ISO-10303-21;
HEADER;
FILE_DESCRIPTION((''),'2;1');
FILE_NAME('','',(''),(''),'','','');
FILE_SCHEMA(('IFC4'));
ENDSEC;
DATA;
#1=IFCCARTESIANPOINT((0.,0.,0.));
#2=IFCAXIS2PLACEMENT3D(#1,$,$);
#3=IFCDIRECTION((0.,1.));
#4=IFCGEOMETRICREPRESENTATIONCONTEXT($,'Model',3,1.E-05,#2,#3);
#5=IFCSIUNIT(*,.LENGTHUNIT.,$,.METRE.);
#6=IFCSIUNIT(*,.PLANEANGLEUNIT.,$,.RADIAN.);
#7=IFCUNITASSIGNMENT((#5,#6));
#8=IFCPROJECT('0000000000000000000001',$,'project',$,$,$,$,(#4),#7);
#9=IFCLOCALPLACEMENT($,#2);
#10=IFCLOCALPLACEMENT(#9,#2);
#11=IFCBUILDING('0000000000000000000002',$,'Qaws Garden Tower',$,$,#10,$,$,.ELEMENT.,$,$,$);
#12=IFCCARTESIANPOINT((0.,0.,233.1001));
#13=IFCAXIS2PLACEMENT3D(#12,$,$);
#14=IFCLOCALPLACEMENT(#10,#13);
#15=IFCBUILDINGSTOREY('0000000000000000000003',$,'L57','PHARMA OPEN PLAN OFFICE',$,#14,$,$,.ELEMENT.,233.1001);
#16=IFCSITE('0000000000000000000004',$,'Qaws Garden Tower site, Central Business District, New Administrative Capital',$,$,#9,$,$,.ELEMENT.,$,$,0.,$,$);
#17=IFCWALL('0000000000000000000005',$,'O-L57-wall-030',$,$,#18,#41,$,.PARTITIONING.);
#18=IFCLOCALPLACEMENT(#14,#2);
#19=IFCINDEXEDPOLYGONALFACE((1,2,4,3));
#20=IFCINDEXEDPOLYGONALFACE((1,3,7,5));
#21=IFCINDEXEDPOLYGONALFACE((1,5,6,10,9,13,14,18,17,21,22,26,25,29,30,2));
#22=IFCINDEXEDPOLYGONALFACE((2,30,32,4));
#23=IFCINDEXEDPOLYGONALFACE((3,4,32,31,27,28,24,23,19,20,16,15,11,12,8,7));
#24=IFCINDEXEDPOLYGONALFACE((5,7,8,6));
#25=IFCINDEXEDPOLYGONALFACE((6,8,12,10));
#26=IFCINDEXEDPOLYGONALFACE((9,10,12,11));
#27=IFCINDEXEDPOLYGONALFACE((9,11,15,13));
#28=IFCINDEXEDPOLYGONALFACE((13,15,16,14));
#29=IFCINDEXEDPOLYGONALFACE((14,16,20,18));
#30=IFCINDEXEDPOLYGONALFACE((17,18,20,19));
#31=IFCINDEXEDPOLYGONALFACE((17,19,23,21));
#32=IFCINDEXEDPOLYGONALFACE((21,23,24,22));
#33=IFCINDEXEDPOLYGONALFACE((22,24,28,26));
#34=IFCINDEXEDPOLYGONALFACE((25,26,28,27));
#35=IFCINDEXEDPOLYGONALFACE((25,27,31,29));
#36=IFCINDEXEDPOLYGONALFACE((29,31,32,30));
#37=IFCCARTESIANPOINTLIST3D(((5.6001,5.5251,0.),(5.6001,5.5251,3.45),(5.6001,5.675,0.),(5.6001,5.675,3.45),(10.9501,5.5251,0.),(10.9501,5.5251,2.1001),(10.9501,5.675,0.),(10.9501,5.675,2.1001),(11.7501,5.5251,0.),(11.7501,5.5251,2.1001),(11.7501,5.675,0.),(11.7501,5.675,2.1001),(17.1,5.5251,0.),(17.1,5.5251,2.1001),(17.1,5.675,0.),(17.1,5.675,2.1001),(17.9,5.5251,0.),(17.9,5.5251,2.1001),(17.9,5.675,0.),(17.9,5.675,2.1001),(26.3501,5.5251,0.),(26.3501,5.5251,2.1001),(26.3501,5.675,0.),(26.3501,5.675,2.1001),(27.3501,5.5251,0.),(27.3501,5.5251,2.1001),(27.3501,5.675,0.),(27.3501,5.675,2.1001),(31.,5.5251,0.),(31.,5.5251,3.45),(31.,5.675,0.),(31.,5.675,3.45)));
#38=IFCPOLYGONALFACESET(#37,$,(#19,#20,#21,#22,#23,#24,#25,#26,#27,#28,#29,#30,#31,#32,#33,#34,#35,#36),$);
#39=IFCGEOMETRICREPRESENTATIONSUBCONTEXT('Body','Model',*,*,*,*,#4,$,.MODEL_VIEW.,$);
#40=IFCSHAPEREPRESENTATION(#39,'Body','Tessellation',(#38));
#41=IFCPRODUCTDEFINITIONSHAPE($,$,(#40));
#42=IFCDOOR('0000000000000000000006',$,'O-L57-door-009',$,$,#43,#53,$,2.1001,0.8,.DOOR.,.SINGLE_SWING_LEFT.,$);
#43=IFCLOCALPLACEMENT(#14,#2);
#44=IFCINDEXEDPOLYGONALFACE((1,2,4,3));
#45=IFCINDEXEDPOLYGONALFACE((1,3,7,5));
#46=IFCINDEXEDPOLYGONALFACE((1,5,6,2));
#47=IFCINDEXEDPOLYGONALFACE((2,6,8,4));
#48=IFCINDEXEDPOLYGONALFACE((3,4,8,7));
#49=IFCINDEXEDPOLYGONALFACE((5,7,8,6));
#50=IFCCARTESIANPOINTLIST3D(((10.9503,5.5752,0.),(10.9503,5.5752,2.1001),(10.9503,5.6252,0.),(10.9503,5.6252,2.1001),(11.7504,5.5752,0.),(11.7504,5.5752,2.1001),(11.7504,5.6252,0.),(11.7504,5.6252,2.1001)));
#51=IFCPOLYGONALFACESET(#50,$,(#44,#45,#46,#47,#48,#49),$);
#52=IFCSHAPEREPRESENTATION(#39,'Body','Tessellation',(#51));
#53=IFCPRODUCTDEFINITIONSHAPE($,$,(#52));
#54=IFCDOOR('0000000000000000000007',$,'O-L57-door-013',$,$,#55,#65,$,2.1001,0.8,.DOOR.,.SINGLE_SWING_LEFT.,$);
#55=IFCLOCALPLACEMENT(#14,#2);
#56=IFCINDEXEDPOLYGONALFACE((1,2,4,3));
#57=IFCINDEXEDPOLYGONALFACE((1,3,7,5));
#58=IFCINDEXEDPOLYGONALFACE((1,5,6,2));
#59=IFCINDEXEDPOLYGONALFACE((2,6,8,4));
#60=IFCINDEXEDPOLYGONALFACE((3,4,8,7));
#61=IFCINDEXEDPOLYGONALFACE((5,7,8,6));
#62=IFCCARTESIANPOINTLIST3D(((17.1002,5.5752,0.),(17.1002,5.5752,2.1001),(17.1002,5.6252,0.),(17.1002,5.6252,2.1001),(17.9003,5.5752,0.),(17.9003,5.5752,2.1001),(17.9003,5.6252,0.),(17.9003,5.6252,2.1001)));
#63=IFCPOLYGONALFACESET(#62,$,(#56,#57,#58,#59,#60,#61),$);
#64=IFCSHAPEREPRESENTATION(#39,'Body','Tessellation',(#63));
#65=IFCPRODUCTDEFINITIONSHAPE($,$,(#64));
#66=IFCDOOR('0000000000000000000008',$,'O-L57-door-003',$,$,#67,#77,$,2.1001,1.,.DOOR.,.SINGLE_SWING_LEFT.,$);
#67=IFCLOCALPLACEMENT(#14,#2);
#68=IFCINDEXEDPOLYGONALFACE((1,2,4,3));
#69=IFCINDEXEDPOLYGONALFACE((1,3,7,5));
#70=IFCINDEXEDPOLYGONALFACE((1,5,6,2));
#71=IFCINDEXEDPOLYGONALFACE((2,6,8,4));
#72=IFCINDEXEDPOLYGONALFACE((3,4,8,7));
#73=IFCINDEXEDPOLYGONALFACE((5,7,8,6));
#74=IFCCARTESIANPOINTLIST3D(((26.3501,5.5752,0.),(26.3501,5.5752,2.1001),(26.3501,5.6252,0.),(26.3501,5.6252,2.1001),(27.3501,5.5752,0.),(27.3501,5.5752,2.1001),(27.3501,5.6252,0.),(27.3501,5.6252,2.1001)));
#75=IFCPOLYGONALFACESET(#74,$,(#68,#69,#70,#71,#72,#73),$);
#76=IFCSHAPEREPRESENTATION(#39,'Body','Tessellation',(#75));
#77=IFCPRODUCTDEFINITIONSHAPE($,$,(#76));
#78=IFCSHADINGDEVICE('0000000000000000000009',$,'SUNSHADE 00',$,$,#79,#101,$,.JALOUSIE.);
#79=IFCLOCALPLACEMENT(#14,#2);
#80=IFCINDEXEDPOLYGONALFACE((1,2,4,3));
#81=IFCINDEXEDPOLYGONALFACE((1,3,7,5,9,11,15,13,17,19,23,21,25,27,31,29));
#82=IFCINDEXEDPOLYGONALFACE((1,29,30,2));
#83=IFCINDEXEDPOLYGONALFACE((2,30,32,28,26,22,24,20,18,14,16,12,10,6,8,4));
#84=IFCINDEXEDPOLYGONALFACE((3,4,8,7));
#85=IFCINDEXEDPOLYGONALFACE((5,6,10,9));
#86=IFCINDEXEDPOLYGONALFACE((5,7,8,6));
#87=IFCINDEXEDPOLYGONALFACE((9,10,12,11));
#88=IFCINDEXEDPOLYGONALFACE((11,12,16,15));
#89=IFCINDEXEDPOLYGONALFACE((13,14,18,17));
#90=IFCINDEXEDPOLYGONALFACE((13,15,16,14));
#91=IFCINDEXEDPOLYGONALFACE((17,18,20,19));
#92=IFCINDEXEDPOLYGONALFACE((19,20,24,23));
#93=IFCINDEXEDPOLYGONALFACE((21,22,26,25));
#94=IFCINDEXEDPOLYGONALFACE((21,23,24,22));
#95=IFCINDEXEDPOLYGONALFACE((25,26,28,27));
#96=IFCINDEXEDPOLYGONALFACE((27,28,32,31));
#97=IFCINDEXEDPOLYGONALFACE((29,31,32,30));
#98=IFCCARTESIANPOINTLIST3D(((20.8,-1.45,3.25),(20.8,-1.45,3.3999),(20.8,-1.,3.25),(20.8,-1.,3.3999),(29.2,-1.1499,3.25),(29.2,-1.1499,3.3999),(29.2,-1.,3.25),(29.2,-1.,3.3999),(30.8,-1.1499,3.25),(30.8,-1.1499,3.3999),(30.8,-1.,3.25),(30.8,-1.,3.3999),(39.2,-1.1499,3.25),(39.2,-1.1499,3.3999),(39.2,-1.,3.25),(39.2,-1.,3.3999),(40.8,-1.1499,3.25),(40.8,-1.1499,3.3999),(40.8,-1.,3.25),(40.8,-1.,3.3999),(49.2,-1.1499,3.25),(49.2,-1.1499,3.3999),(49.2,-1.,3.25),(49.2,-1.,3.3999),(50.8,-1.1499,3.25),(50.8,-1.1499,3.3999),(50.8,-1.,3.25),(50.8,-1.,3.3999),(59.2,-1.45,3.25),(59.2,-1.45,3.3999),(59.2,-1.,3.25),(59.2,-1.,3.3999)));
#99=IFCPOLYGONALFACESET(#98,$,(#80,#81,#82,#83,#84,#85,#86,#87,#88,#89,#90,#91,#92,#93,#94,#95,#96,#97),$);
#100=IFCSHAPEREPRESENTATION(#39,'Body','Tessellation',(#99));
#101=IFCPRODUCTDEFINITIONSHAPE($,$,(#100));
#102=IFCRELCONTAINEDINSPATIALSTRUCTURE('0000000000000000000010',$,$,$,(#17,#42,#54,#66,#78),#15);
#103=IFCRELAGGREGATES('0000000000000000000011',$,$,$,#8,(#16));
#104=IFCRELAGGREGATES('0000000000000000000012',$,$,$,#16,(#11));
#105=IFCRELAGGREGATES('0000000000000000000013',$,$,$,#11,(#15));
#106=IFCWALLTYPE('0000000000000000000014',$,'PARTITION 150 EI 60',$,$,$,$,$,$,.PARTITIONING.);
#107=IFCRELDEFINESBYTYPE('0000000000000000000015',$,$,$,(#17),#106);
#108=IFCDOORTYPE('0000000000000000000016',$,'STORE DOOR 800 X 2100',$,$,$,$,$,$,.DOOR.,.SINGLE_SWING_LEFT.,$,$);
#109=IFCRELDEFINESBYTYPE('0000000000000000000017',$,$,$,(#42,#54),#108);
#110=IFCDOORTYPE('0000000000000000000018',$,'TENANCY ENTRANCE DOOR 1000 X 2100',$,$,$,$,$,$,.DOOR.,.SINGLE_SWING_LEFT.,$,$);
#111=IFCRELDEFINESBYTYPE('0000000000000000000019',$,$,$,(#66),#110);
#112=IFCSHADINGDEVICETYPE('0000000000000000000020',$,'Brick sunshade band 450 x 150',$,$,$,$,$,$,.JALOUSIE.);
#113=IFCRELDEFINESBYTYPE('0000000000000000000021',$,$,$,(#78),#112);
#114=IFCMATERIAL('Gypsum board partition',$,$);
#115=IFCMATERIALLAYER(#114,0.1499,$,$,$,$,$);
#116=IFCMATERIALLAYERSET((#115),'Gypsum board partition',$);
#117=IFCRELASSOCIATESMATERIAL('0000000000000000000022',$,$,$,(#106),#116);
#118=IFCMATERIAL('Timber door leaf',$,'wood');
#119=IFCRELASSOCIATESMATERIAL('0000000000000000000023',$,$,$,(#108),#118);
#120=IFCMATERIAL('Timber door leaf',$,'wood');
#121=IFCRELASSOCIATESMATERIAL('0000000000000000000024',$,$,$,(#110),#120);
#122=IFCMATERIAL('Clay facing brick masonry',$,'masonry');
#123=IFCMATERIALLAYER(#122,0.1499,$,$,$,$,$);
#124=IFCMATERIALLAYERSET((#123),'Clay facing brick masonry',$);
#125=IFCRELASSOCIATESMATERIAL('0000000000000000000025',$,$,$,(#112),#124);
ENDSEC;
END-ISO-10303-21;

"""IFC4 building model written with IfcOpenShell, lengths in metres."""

from ifc_helpers import new_model, si_unit, direction, frame, frame_2d, origin, place, context, subcontext, project, spatial, polyline, rectangle, outline, extrude, material, layer, layer_set, type_object, element, fill, save


model = new_model("IFC4")

# Units and contexts
model_context = context("Model", 3, precision=1e-05, world=origin(), true_north=direction((0.0, 1.0)))
body_context = subcontext(model_context, "Body", "Model", "MODEL_VIEW")
ifc_project = project(units=[si_unit("LENGTHUNIT", "METRE"), si_unit("PLANEANGLEUNIT", "RADIAN")], contexts=[model_context])

# Site, building, storey
site_placement = place(None, origin())
site = spatial("IfcSite", under=ifc_project, at=site_placement, Name="Qaws Garden Tower site, Central Business District, New Administrative Capital", CompositionType="ELEMENT", RefElevation=0.0)
building_placement = place(site_placement, origin())
building = spatial("IfcBuilding", under=site, at=building_placement, Name="Qaws Garden Tower", CompositionType="ELEMENT")
storey_placement = place(building_placement, frame((0.0, 0.0, 233.1001)))
storey = spatial("IfcBuildingStorey", under=building, at=storey_placement, Name="L57", Description="PHARMA OPEN PLAN OFFICE", CompositionType="ELEMENT", Elevation=233.1001)

# Wall, openings, doors
ifc_material_1 = material(Name="Gypsum board partition")
ifc_layer_1 = layer(ifc_material_1, 0.1499)
ifc_layer_set_1 = layer_set([ifc_layer_1], Name="Gypsum board partition")
wall_type_1 = type_object("IfcWallType", Name="PARTITION 150 EI 60", PredefinedType="PARTITIONING", material=ifc_layer_set_1)
ifc_material_2 = material(Name="Timber door leaf", Category="wood")
door_type_1 = type_object("IfcDoorType", Name="STORE DOOR 800 X 2100", OperationType="SINGLE_SWING_LEFT", PredefinedType="DOOR", material=ifc_material_2)
wall_1_placement = place(storey_placement, frame((5.6001, 5.6001, 0.0), z_axis=(0.0, 0.0, 1.0), x_axis=(1.0, 0.0, 0.0)))
wall_1 = element("IfcWall", 1, at=wall_1_placement, inside=storey, type_object=wall_type_1, Name="O-L57-wall-030", PredefinedType="PARTITIONING", context=body_context, shape_type="SweptSolid", body=[
    extrude(rectangle(XDim=25.3999, YDim=0.1499, at=frame_2d((12.7, 0.0))), origin(), (0.0, 0.0, 1.0), 3.45),
])
opening_1_placement = place(wall_1_placement, frame((20.75, 0.0, 0.0)))
opening_1 = element("IfcOpeningElement", 2, at=opening_1_placement, cuts=wall_1, PredefinedType="OPENING", context=body_context, shape_type="SweptSolid", body=[
    extrude(rectangle(XDim=1.0, YDim=2.1001, at=frame_2d((0.5, 1.05))), frame((0.0, 0.085, 0.0), z_axis=(0.0, -1.0, 0.0), x_axis=(1.0, 0.0, 0.0)), (0.0, 0.0, 1.0), 0.1699),
])
opening_2_placement = place(wall_1_placement, frame((5.3501, 0.0, 0.0)))
opening_2 = element("IfcOpeningElement", 3, at=opening_2_placement, cuts=wall_1, PredefinedType="OPENING", context=body_context, shape_type="SweptSolid", body=[
    extrude(rectangle(XDim=0.8, YDim=2.1001, at=frame_2d((0.3999, 1.05))), frame((0.0, 0.085, 0.0), z_axis=(0.0, -1.0, 0.0), x_axis=(1.0, 0.0, 0.0)), (0.0, 0.0, 1.0), 0.1699),
])
opening_3_placement = place(wall_1_placement, frame((11.5, 0.0, 0.0)))
opening_3 = element("IfcOpeningElement", 4, at=opening_3_placement, cuts=wall_1, PredefinedType="OPENING", context=body_context, shape_type="SweptSolid", body=[
    extrude(rectangle(XDim=0.8, YDim=2.1001, at=frame_2d((0.3999, 1.05))), frame((0.0, 0.085, 0.0), z_axis=(0.0, -1.0, 0.0), x_axis=(1.0, 0.0, 0.0)), (0.0, 0.0, 1.0), 0.1699),
])
door_1_placement = place(opening_2_placement, frame((0.8, 0.0, 0.0), z_axis=(0.0, 0.0, 1.0), x_axis=(-1.0, 0.0, 0.0)))
door_1 = element("IfcDoor", 5, at=door_1_placement, inside=storey, type_object=door_type_1, Name="O-L57-door-009", OperationType="SINGLE_SWING_LEFT", OverallHeight=2.1001, OverallWidth=0.8, PredefinedType="DOOR", context=body_context, shape_type="SweptSolid", body=[
    extrude(rectangle(XDim=0.8, YDim=2.1001, at=frame_2d((0.3999, 1.05))), frame((0.0, 0.0249, 0.0), z_axis=(0.0, -1.0, 0.0), x_axis=(1.0, 0.0, 0.0)), (0.0, 0.0, 1.0), 0.05),
])
fill(opening_2, door_1)
door_2_placement = place(opening_3_placement, frame((0.8, 0.0, 0.0), z_axis=(0.0, 0.0, 1.0), x_axis=(-1.0, 0.0, 0.0)))
door_2 = element("IfcDoor", 6, at=door_2_placement, inside=storey, type_object=door_type_1, Name="O-L57-door-013", OperationType="SINGLE_SWING_LEFT", OverallHeight=2.1001, OverallWidth=0.8, PredefinedType="DOOR", context=body_context, shape_type="SweptSolid", body=[
    extrude(rectangle(XDim=0.8, YDim=2.1001, at=frame_2d((0.3999, 1.05))), frame((0.0, 0.0249, 0.0), z_axis=(0.0, -1.0, 0.0), x_axis=(1.0, 0.0, 0.0)), (0.0, 0.0, 1.0), 0.05),
])
fill(opening_3, door_2)
ifc_material_3 = material(Name="Timber door leaf", Category="wood")
door_type_2 = type_object("IfcDoorType", Name="TENANCY ENTRANCE DOOR 1000 X 2100", OperationType="SINGLE_SWING_LEFT", PredefinedType="DOOR", material=ifc_material_3)
door_3_placement = place(opening_1_placement, frame((1.0, 0.0, 0.0), z_axis=(0.0, 0.0, 1.0), x_axis=(-1.0, 0.0, 0.0)))
door_3 = element("IfcDoor", 7, at=door_3_placement, inside=storey, type_object=door_type_2, Name="O-L57-door-003", OperationType="SINGLE_SWING_LEFT", OverallHeight=2.1001, OverallWidth=1.0, PredefinedType="DOOR", context=body_context, shape_type="SweptSolid", body=[
    extrude(rectangle(XDim=1.0, YDim=2.1001, at=frame_2d((0.5, 1.05))), frame((0.0, 0.0249, 0.0), z_axis=(0.0, -1.0, 0.0), x_axis=(1.0, 0.0, 0.0)), (0.0, 0.0, 1.0), 0.05),
])
fill(opening_1, door_3)

# Shading device
ifc_material_4 = material(Name="Clay facing brick masonry", Category="masonry")
ifc_layer_2 = layer(ifc_material_4, 0.1499)
ifc_layer_set_2 = layer_set([ifc_layer_2], Name="Clay facing brick masonry")
shading_device_type = type_object("IfcShadingDeviceType", Name="Brick sunshade band 450 x 150", PredefinedType="JALOUSIE", material=ifc_layer_set_2)
shading_device_placement = place(storey_placement, frame((0.0, 0.0, 3.25)))
element("IfcShadingDevice", 8, at=shading_device_placement, inside=storey, type_object=shading_device_type, Name="SUNSHADE 00", PredefinedType="JALOUSIE", context=body_context, shape_type="SweptSolid", body=[
    extrude(outline(polyline([(20.8, -1.0), (20.8, -1.45), (59.2, -1.45), (59.2, -1.0), (50.8, -1.0), (50.8, -1.1499), (49.2, -1.1499), (49.2, -1.0), (40.8, -1.0), (40.8, -1.1499), (39.2, -1.1499), (39.2, -1.0), (30.8, -1.0), (30.8, -1.1499), (29.2, -1.1499), (29.2, -1.0), (20.8, -1.0)])), origin(), (0.0, 0.0, 1.0), 0.1499),
])

save(model, "model.ifc")
